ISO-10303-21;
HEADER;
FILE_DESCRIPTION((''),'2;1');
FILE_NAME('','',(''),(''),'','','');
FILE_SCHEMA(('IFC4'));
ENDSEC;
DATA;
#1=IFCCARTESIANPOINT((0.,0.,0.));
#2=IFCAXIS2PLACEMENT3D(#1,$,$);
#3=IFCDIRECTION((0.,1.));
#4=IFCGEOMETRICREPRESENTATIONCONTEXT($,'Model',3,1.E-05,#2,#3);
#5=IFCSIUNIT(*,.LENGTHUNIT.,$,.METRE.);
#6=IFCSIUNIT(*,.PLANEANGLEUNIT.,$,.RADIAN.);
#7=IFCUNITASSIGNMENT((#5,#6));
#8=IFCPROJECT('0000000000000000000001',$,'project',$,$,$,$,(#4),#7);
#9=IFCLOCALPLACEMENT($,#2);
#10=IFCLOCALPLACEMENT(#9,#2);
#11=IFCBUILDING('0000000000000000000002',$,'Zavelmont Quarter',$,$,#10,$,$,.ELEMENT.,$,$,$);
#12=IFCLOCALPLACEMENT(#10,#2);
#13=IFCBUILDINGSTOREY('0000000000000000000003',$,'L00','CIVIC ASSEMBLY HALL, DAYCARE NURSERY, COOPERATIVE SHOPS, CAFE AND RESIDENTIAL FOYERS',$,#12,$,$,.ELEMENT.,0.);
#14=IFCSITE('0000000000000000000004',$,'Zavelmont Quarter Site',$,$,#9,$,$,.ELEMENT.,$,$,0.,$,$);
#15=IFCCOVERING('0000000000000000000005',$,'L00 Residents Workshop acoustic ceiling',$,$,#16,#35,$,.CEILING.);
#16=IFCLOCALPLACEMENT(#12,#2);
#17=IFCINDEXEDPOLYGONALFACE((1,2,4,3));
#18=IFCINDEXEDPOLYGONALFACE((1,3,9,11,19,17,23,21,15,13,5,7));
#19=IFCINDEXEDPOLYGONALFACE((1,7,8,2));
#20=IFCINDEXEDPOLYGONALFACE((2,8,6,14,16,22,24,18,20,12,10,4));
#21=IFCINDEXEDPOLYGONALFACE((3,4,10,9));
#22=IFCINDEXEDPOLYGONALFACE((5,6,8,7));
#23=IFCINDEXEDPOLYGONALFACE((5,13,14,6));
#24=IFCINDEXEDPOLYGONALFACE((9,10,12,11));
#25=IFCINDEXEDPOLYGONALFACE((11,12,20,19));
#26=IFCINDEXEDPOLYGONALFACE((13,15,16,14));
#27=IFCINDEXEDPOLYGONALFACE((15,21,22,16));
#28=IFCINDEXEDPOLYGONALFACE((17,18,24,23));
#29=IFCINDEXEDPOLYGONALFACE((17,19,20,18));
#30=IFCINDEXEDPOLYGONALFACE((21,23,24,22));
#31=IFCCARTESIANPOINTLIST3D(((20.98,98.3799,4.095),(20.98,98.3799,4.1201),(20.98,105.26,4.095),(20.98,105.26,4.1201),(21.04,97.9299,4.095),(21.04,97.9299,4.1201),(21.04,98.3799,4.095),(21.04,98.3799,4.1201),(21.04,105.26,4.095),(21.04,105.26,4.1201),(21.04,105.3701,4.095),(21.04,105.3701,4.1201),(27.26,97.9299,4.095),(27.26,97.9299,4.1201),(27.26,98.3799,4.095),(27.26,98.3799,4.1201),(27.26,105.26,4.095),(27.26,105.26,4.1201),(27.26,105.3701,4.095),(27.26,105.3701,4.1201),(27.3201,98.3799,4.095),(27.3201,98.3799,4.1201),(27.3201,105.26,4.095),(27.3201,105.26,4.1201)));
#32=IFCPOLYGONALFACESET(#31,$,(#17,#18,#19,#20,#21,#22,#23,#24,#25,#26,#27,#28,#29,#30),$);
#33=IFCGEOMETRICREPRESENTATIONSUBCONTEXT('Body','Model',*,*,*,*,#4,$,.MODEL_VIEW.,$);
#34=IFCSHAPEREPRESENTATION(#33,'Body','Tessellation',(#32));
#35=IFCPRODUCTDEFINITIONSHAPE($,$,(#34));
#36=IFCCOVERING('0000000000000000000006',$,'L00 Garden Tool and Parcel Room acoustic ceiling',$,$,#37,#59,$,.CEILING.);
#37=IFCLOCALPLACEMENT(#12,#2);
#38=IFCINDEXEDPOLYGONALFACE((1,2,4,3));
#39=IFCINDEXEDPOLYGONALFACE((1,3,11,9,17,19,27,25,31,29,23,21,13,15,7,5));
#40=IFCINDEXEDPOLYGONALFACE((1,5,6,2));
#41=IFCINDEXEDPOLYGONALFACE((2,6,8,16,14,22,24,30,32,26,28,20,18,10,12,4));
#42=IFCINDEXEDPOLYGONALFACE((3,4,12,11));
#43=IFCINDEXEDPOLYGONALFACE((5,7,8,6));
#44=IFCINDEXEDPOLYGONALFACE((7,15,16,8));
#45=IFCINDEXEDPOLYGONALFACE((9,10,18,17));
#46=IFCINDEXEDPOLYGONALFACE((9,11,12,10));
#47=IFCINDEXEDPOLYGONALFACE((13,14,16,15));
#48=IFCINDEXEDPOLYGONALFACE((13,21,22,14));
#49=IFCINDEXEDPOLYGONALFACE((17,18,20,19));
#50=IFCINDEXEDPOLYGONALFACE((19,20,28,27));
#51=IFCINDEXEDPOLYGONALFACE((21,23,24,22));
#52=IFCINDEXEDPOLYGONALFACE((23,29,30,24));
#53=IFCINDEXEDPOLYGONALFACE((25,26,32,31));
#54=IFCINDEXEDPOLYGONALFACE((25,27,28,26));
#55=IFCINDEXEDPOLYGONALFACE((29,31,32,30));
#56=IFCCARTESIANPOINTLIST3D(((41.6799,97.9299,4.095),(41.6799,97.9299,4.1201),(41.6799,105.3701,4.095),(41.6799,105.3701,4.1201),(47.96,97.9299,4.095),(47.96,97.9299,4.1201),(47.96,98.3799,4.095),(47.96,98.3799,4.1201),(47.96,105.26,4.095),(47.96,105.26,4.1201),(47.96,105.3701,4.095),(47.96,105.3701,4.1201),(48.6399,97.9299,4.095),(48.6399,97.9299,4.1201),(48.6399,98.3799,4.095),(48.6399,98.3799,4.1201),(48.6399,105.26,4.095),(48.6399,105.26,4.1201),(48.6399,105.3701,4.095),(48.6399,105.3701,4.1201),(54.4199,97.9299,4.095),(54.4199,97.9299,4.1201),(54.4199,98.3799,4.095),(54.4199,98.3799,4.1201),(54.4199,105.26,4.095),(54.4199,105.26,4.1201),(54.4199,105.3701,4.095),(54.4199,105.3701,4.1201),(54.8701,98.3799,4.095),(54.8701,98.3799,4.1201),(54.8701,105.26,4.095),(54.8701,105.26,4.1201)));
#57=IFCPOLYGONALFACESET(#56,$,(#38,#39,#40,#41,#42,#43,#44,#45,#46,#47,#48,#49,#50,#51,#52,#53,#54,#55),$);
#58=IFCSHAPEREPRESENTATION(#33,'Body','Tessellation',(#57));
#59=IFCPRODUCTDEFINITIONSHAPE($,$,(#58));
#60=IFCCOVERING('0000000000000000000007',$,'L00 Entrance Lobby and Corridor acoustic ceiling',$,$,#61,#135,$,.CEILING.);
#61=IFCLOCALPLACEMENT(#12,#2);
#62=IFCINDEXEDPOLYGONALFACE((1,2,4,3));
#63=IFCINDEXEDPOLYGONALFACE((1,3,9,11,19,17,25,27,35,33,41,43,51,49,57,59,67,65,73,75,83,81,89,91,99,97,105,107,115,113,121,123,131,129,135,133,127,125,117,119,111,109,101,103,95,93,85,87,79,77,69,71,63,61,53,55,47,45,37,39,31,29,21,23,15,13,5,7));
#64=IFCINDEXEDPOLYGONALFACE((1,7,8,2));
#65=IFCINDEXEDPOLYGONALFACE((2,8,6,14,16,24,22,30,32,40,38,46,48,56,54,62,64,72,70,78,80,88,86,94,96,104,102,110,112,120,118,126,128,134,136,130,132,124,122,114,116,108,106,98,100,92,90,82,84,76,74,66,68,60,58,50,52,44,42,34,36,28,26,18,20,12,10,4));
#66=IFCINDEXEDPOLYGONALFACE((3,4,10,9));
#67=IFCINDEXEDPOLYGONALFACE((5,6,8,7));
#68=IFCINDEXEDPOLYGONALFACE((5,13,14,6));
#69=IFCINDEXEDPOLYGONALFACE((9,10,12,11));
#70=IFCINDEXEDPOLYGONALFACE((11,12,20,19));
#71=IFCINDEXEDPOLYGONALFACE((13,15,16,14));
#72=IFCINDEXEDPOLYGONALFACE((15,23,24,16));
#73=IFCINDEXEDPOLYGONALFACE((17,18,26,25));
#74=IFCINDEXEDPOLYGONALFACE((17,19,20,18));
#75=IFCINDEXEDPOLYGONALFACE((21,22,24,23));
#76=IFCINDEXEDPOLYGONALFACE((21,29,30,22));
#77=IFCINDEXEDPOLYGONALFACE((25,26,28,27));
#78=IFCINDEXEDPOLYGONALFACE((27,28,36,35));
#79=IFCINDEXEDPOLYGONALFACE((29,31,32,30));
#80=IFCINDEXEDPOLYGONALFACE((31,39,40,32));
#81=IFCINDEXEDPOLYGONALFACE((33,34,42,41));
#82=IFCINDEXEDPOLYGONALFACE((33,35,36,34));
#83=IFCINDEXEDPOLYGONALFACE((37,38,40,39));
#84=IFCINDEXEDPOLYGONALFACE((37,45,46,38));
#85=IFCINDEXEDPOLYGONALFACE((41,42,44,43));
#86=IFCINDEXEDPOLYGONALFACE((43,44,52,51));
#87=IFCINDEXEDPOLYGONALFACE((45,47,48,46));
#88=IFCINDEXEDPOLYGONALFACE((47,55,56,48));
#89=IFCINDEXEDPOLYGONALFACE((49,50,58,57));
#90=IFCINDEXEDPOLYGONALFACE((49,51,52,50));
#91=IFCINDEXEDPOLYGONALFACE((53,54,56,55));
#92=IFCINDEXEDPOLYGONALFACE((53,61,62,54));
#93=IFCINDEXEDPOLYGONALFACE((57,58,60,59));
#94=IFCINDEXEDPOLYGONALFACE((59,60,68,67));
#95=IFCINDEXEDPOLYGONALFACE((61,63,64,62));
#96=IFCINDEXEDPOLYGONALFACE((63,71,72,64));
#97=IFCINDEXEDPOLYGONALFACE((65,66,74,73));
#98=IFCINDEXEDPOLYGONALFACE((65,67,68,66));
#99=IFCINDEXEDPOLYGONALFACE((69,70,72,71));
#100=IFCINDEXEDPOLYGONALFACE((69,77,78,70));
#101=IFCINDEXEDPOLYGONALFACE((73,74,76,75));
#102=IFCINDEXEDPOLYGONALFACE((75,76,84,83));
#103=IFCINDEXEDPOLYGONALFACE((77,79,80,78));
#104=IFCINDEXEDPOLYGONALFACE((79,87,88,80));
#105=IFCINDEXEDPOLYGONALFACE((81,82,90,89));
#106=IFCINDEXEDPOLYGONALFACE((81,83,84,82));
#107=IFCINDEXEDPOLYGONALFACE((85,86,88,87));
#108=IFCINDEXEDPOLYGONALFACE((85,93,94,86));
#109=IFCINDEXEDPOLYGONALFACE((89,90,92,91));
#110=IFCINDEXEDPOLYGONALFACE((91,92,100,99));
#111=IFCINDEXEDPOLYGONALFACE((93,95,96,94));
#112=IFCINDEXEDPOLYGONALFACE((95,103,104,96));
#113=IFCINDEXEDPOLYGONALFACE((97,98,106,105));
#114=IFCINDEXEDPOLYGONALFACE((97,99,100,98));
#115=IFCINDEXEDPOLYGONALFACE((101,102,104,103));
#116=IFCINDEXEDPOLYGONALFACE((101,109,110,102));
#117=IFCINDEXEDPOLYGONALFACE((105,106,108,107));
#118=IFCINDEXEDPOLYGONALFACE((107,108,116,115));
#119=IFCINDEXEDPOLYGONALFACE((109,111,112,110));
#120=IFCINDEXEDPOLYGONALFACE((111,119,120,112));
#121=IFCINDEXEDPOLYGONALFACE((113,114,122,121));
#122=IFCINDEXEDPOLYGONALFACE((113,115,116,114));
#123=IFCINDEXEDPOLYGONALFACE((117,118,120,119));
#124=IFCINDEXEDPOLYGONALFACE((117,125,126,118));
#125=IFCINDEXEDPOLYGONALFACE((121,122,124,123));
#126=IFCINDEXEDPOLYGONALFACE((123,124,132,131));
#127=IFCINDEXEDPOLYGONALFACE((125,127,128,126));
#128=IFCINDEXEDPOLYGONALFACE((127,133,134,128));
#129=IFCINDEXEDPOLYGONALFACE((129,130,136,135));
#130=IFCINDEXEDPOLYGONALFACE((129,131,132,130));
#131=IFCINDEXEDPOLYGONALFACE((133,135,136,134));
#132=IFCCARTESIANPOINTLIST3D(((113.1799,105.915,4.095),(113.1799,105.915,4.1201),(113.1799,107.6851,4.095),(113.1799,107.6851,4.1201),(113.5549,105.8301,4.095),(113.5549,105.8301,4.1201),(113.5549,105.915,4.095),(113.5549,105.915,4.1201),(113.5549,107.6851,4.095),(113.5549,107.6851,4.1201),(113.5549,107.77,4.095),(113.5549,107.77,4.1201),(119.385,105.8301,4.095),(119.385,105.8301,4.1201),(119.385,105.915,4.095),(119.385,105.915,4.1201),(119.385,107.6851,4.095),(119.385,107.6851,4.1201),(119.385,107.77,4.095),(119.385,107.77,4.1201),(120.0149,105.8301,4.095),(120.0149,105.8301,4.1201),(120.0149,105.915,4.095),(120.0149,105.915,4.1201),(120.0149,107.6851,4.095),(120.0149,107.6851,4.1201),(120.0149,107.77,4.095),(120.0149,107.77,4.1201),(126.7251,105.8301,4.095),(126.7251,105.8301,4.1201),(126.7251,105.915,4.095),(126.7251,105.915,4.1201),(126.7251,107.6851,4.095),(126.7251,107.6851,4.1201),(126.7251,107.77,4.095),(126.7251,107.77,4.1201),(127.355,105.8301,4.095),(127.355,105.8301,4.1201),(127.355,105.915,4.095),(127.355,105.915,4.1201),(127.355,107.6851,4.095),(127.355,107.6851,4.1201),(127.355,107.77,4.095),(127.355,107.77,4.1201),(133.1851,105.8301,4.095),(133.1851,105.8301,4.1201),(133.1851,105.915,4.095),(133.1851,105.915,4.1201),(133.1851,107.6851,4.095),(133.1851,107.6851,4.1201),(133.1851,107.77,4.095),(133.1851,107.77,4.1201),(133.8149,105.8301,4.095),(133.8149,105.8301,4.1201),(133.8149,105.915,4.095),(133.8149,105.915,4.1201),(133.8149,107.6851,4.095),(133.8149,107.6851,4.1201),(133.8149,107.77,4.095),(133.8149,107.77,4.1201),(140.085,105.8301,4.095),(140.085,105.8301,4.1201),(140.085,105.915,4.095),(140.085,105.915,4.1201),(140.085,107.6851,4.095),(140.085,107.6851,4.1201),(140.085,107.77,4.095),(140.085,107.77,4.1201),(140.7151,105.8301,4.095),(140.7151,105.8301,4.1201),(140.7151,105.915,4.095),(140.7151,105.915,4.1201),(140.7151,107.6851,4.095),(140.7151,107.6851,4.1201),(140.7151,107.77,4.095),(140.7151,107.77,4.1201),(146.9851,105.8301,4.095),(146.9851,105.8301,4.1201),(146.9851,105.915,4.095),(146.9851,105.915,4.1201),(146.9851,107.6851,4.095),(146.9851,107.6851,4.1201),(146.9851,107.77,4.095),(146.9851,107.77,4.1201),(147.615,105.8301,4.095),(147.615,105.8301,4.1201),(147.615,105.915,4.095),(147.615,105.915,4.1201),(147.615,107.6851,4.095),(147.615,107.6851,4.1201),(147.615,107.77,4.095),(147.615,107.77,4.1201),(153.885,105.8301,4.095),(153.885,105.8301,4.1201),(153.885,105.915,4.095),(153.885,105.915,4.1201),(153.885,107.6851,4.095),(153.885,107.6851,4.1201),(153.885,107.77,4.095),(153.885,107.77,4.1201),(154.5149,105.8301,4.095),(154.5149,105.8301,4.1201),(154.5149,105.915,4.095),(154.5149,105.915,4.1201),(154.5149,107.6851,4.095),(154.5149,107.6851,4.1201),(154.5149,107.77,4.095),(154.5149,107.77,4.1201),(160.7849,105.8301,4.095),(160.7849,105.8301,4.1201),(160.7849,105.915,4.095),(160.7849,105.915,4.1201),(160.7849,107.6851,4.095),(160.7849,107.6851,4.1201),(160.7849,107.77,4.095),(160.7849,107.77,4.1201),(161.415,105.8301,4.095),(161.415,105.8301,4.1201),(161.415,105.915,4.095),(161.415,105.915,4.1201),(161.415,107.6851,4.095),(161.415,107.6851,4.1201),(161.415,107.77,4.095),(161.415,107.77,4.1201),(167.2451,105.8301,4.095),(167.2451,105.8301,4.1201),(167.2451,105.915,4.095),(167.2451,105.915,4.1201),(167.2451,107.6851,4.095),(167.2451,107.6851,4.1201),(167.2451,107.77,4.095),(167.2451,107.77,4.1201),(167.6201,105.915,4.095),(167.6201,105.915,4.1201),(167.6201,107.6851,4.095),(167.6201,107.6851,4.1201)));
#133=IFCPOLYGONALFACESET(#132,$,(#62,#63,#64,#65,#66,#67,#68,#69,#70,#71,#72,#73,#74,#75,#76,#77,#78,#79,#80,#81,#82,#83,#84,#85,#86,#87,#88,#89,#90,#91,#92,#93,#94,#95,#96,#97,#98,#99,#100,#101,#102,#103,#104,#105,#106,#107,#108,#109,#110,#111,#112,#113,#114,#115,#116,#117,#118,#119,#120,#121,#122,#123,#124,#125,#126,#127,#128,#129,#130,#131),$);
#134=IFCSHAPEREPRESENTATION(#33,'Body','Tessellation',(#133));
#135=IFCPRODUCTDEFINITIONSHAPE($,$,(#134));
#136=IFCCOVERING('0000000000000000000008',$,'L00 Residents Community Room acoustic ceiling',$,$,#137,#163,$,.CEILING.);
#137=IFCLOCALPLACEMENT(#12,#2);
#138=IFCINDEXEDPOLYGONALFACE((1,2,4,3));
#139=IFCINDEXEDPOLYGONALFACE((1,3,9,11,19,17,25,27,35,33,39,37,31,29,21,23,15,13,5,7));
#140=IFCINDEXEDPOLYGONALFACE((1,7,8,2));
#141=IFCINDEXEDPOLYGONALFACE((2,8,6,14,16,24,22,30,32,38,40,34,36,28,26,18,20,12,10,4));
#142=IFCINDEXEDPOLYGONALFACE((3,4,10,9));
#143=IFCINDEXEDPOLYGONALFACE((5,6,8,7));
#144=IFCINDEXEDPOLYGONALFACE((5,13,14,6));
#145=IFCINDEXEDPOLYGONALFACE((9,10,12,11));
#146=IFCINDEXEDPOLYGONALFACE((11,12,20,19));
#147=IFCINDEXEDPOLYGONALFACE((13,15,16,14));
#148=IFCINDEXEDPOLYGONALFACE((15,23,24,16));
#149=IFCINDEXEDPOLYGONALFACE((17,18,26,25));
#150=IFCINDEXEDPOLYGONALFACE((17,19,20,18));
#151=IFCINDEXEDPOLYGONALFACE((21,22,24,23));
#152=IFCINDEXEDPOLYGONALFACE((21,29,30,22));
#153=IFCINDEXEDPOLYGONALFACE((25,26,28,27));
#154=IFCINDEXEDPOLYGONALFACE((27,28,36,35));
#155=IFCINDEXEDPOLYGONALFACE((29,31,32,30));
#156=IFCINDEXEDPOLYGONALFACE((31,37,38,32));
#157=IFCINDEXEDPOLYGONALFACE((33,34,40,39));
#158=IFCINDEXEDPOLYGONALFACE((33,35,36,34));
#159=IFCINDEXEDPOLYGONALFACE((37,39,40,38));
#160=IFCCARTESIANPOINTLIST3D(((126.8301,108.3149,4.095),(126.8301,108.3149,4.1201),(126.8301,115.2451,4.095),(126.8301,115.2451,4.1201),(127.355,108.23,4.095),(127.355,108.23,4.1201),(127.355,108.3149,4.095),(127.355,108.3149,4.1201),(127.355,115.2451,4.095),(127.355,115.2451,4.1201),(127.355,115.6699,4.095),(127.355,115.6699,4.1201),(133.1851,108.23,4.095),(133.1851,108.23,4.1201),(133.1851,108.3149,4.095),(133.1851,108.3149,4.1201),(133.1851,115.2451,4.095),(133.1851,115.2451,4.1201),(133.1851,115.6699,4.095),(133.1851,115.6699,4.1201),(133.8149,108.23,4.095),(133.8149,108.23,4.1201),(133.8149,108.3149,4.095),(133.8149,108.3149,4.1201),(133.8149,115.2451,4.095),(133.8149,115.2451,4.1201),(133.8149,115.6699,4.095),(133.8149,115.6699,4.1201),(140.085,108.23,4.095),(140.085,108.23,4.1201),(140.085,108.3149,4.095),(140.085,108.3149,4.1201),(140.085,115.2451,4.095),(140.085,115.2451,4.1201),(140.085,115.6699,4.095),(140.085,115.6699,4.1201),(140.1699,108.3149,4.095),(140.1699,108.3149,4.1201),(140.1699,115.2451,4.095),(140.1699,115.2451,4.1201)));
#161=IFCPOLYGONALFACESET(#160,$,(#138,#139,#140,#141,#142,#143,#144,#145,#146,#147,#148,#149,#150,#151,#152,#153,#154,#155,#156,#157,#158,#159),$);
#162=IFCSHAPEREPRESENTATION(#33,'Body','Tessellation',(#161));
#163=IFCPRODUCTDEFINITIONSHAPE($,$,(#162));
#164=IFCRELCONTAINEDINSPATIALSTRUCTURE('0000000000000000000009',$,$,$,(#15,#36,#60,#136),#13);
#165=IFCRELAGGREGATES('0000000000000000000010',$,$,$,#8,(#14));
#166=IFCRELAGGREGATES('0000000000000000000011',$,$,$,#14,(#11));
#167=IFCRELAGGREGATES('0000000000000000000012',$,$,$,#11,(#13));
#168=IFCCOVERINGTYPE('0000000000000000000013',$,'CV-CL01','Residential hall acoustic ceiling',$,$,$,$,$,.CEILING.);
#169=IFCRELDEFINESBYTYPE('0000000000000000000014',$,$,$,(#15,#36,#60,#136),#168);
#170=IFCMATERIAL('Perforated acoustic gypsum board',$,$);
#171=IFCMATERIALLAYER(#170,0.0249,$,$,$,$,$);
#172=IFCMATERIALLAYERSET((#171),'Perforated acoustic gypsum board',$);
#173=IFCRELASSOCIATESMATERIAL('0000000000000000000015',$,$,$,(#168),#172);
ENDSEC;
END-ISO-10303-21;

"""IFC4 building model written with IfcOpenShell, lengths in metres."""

from ifc_helpers import new_model, si_unit, direction, frame, origin, place, context, subcontext, project, spatial, polyline, outline, extrude, material, layer, layer_set, type_object, element, save


model = new_model("IFC4")

# Units and contexts
model_context = context("Model", 3, precision=1e-05, world=origin(), true_north=direction((0.0, 1.0)))
body_context = subcontext(model_context, "Body", "Model", "MODEL_VIEW")
ifc_project = project(units=[si_unit("LENGTHUNIT", "METRE"), si_unit("PLANEANGLEUNIT", "RADIAN")], contexts=[model_context])

# Site, building, storey
site_placement = place(None, origin())
site = spatial("IfcSite", under=ifc_project, at=site_placement, Name="Zavelmont Quarter Site", CompositionType="ELEMENT", RefElevation=0.0)
building_placement = place(site_placement, origin())
building = spatial("IfcBuilding", under=site, at=building_placement, Name="Zavelmont Quarter", CompositionType="ELEMENT")
storey_placement = place(building_placement, origin())
storey = spatial("IfcBuildingStorey", under=building, at=storey_placement, Name="L00", Description="CIVIC ASSEMBLY HALL, DAYCARE NURSERY, COOPERATIVE SHOPS, CAFE AND RESIDENTIAL FOYERS", CompositionType="ELEMENT", Elevation=0.0)

# Coverings
ifc_material_1 = material(Name="Perforated acoustic gypsum board")
ifc_layer_1 = layer(ifc_material_1, 0.0249)
ifc_layer_set_1 = layer_set([ifc_layer_1], Name="Perforated acoustic gypsum board")
covering_type_1 = type_object("IfcCoveringType", Name="CV-CL01", Description="Residential hall acoustic ceiling", PredefinedType="CEILING", material=ifc_layer_set_1)
covering_1_placement = place(storey_placement, frame((0.0, 0.0, 4.095)))
element("IfcCovering", 1, at=covering_1_placement, inside=storey, type_object=covering_type_1, Name="L00 Residents Workshop acoustic ceiling", PredefinedType="CEILING", context=body_context, shape_type="SweptSolid", body=[
    extrude(outline(polyline([(20.98, 105.26), (21.04, 105.26), (21.04, 105.3701), (27.26, 105.3701), (27.26, 105.26), (27.3201, 105.26), (27.3201, 98.3799), (27.26, 98.3799), (27.26, 97.9299), (21.04, 97.9299), (21.04, 98.3799), (20.98, 98.3799), (20.98, 105.26)])), origin(), (0.0, 0.0, 1.0), 0.0251),
])
covering_2_placement = place(storey_placement, frame((0.0, 0.0, 4.095)))
element("IfcCovering", 2, at=covering_2_placement, inside=storey, type_object=covering_type_1, Name="L00 Garden Tool and Parcel Room acoustic ceiling", PredefinedType="CEILING", context=body_context, shape_type="SweptSolid", body=[
    extrude(outline(polyline([(41.6799, 105.3701), (47.96, 105.3701), (47.96, 105.26), (48.6399, 105.26), (48.6399, 105.3701), (54.4199, 105.3701), (54.4199, 105.26), (54.8701, 105.26), (54.8701, 98.3799), (54.4199, 98.3799), (54.4199, 97.9299), (48.6399, 97.9299), (48.6399, 98.3799), (47.96, 98.3799), (47.96, 97.9299), (41.6799, 97.9299), (41.6799, 105.3701)])), origin(), (0.0, 0.0, 1.0), 0.0251),
])
covering_3_placement = place(storey_placement, frame((0.0, 0.0, 4.095)))
element("IfcCovering", 3, at=covering_3_placement, inside=storey, type_object=covering_type_1, Name="L00 Entrance Lobby and Corridor acoustic ceiling", PredefinedType="CEILING", context=body_context, shape_type="SweptSolid", body=[
    extrude(outline(polyline([(113.1799, 107.6851), (113.5549, 107.6851), (113.5549, 107.77), (119.385, 107.77), (119.385, 107.6851), (120.0149, 107.6851), (120.0149, 107.77), (126.7251, 107.77), (126.7251, 107.6851), (127.355, 107.6851), (127.355, 107.77), (133.1851, 107.77), (133.1851, 107.6851), (133.8149, 107.6851), (133.8149, 107.77), (140.085, 107.77), (140.085, 107.6851), (140.7151, 107.6851), (140.7151, 107.77), (146.9851, 107.77), (146.9851, 107.6851), (147.615, 107.6851), (147.615, 107.77), (153.885, 107.77), (153.885, 107.6851), (154.5149, 107.6851), (154.5149, 107.77), (160.7849, 107.77), (160.7849, 107.6851), (161.415, 107.6851), (161.415, 107.77), (167.2451, 107.77), (167.2451, 107.6851), (167.6201, 107.6851), (167.6201, 105.915), (167.2451, 105.915), (167.2451, 105.8301), (161.415, 105.8301), (161.415, 105.915), (160.7849, 105.915), (160.7849, 105.8301), (154.5149, 105.8301), (154.5149, 105.915), (153.885, 105.915), (153.885, 105.8301), (147.615, 105.8301), (147.615, 105.915), (146.9851, 105.915), (146.9851, 105.8301), (140.7151, 105.8301), (140.7151, 105.915), (140.085, 105.915), (140.085, 105.8301), (133.8149, 105.8301), (133.8149, 105.915), (133.1851, 105.915), (133.1851, 105.8301), (127.355, 105.8301), (127.355, 105.915), (126.7251, 105.915), (126.7251, 105.8301), (120.0149, 105.8301), (120.0149, 105.915), (119.385, 105.915), (119.385, 105.8301), (113.5549, 105.8301), (113.5549, 105.915), (113.1799, 105.915), (113.1799, 107.6851)])), origin(), (0.0, 0.0, 1.0), 0.0251),
])
covering_4_placement = place(storey_placement, frame((0.0, 0.0, 4.095)))
element("IfcCovering", 4, at=covering_4_placement, inside=storey, type_object=covering_type_1, Name="L00 Residents Community Room acoustic ceiling", PredefinedType="CEILING", context=body_context, shape_type="SweptSolid", body=[
    extrude(outline(polyline([(126.8301, 115.2451), (127.355, 115.2451), (127.355, 115.6699), (133.1851, 115.6699), (133.1851, 115.2451), (133.8149, 115.2451), (133.8149, 115.6699), (140.085, 115.6699), (140.085, 115.2451), (140.1699, 115.2451), (140.1699, 108.3149), (140.085, 108.3149), (140.085, 108.23), (133.8149, 108.23), (133.8149, 108.3149), (133.1851, 108.3149), (133.1851, 108.23), (127.355, 108.23), (127.355, 108.3149), (126.8301, 108.3149), (126.8301, 115.2451)])), origin(), (0.0, 0.0, 1.0), 0.0251),
])

save(model, "model.ifc")
